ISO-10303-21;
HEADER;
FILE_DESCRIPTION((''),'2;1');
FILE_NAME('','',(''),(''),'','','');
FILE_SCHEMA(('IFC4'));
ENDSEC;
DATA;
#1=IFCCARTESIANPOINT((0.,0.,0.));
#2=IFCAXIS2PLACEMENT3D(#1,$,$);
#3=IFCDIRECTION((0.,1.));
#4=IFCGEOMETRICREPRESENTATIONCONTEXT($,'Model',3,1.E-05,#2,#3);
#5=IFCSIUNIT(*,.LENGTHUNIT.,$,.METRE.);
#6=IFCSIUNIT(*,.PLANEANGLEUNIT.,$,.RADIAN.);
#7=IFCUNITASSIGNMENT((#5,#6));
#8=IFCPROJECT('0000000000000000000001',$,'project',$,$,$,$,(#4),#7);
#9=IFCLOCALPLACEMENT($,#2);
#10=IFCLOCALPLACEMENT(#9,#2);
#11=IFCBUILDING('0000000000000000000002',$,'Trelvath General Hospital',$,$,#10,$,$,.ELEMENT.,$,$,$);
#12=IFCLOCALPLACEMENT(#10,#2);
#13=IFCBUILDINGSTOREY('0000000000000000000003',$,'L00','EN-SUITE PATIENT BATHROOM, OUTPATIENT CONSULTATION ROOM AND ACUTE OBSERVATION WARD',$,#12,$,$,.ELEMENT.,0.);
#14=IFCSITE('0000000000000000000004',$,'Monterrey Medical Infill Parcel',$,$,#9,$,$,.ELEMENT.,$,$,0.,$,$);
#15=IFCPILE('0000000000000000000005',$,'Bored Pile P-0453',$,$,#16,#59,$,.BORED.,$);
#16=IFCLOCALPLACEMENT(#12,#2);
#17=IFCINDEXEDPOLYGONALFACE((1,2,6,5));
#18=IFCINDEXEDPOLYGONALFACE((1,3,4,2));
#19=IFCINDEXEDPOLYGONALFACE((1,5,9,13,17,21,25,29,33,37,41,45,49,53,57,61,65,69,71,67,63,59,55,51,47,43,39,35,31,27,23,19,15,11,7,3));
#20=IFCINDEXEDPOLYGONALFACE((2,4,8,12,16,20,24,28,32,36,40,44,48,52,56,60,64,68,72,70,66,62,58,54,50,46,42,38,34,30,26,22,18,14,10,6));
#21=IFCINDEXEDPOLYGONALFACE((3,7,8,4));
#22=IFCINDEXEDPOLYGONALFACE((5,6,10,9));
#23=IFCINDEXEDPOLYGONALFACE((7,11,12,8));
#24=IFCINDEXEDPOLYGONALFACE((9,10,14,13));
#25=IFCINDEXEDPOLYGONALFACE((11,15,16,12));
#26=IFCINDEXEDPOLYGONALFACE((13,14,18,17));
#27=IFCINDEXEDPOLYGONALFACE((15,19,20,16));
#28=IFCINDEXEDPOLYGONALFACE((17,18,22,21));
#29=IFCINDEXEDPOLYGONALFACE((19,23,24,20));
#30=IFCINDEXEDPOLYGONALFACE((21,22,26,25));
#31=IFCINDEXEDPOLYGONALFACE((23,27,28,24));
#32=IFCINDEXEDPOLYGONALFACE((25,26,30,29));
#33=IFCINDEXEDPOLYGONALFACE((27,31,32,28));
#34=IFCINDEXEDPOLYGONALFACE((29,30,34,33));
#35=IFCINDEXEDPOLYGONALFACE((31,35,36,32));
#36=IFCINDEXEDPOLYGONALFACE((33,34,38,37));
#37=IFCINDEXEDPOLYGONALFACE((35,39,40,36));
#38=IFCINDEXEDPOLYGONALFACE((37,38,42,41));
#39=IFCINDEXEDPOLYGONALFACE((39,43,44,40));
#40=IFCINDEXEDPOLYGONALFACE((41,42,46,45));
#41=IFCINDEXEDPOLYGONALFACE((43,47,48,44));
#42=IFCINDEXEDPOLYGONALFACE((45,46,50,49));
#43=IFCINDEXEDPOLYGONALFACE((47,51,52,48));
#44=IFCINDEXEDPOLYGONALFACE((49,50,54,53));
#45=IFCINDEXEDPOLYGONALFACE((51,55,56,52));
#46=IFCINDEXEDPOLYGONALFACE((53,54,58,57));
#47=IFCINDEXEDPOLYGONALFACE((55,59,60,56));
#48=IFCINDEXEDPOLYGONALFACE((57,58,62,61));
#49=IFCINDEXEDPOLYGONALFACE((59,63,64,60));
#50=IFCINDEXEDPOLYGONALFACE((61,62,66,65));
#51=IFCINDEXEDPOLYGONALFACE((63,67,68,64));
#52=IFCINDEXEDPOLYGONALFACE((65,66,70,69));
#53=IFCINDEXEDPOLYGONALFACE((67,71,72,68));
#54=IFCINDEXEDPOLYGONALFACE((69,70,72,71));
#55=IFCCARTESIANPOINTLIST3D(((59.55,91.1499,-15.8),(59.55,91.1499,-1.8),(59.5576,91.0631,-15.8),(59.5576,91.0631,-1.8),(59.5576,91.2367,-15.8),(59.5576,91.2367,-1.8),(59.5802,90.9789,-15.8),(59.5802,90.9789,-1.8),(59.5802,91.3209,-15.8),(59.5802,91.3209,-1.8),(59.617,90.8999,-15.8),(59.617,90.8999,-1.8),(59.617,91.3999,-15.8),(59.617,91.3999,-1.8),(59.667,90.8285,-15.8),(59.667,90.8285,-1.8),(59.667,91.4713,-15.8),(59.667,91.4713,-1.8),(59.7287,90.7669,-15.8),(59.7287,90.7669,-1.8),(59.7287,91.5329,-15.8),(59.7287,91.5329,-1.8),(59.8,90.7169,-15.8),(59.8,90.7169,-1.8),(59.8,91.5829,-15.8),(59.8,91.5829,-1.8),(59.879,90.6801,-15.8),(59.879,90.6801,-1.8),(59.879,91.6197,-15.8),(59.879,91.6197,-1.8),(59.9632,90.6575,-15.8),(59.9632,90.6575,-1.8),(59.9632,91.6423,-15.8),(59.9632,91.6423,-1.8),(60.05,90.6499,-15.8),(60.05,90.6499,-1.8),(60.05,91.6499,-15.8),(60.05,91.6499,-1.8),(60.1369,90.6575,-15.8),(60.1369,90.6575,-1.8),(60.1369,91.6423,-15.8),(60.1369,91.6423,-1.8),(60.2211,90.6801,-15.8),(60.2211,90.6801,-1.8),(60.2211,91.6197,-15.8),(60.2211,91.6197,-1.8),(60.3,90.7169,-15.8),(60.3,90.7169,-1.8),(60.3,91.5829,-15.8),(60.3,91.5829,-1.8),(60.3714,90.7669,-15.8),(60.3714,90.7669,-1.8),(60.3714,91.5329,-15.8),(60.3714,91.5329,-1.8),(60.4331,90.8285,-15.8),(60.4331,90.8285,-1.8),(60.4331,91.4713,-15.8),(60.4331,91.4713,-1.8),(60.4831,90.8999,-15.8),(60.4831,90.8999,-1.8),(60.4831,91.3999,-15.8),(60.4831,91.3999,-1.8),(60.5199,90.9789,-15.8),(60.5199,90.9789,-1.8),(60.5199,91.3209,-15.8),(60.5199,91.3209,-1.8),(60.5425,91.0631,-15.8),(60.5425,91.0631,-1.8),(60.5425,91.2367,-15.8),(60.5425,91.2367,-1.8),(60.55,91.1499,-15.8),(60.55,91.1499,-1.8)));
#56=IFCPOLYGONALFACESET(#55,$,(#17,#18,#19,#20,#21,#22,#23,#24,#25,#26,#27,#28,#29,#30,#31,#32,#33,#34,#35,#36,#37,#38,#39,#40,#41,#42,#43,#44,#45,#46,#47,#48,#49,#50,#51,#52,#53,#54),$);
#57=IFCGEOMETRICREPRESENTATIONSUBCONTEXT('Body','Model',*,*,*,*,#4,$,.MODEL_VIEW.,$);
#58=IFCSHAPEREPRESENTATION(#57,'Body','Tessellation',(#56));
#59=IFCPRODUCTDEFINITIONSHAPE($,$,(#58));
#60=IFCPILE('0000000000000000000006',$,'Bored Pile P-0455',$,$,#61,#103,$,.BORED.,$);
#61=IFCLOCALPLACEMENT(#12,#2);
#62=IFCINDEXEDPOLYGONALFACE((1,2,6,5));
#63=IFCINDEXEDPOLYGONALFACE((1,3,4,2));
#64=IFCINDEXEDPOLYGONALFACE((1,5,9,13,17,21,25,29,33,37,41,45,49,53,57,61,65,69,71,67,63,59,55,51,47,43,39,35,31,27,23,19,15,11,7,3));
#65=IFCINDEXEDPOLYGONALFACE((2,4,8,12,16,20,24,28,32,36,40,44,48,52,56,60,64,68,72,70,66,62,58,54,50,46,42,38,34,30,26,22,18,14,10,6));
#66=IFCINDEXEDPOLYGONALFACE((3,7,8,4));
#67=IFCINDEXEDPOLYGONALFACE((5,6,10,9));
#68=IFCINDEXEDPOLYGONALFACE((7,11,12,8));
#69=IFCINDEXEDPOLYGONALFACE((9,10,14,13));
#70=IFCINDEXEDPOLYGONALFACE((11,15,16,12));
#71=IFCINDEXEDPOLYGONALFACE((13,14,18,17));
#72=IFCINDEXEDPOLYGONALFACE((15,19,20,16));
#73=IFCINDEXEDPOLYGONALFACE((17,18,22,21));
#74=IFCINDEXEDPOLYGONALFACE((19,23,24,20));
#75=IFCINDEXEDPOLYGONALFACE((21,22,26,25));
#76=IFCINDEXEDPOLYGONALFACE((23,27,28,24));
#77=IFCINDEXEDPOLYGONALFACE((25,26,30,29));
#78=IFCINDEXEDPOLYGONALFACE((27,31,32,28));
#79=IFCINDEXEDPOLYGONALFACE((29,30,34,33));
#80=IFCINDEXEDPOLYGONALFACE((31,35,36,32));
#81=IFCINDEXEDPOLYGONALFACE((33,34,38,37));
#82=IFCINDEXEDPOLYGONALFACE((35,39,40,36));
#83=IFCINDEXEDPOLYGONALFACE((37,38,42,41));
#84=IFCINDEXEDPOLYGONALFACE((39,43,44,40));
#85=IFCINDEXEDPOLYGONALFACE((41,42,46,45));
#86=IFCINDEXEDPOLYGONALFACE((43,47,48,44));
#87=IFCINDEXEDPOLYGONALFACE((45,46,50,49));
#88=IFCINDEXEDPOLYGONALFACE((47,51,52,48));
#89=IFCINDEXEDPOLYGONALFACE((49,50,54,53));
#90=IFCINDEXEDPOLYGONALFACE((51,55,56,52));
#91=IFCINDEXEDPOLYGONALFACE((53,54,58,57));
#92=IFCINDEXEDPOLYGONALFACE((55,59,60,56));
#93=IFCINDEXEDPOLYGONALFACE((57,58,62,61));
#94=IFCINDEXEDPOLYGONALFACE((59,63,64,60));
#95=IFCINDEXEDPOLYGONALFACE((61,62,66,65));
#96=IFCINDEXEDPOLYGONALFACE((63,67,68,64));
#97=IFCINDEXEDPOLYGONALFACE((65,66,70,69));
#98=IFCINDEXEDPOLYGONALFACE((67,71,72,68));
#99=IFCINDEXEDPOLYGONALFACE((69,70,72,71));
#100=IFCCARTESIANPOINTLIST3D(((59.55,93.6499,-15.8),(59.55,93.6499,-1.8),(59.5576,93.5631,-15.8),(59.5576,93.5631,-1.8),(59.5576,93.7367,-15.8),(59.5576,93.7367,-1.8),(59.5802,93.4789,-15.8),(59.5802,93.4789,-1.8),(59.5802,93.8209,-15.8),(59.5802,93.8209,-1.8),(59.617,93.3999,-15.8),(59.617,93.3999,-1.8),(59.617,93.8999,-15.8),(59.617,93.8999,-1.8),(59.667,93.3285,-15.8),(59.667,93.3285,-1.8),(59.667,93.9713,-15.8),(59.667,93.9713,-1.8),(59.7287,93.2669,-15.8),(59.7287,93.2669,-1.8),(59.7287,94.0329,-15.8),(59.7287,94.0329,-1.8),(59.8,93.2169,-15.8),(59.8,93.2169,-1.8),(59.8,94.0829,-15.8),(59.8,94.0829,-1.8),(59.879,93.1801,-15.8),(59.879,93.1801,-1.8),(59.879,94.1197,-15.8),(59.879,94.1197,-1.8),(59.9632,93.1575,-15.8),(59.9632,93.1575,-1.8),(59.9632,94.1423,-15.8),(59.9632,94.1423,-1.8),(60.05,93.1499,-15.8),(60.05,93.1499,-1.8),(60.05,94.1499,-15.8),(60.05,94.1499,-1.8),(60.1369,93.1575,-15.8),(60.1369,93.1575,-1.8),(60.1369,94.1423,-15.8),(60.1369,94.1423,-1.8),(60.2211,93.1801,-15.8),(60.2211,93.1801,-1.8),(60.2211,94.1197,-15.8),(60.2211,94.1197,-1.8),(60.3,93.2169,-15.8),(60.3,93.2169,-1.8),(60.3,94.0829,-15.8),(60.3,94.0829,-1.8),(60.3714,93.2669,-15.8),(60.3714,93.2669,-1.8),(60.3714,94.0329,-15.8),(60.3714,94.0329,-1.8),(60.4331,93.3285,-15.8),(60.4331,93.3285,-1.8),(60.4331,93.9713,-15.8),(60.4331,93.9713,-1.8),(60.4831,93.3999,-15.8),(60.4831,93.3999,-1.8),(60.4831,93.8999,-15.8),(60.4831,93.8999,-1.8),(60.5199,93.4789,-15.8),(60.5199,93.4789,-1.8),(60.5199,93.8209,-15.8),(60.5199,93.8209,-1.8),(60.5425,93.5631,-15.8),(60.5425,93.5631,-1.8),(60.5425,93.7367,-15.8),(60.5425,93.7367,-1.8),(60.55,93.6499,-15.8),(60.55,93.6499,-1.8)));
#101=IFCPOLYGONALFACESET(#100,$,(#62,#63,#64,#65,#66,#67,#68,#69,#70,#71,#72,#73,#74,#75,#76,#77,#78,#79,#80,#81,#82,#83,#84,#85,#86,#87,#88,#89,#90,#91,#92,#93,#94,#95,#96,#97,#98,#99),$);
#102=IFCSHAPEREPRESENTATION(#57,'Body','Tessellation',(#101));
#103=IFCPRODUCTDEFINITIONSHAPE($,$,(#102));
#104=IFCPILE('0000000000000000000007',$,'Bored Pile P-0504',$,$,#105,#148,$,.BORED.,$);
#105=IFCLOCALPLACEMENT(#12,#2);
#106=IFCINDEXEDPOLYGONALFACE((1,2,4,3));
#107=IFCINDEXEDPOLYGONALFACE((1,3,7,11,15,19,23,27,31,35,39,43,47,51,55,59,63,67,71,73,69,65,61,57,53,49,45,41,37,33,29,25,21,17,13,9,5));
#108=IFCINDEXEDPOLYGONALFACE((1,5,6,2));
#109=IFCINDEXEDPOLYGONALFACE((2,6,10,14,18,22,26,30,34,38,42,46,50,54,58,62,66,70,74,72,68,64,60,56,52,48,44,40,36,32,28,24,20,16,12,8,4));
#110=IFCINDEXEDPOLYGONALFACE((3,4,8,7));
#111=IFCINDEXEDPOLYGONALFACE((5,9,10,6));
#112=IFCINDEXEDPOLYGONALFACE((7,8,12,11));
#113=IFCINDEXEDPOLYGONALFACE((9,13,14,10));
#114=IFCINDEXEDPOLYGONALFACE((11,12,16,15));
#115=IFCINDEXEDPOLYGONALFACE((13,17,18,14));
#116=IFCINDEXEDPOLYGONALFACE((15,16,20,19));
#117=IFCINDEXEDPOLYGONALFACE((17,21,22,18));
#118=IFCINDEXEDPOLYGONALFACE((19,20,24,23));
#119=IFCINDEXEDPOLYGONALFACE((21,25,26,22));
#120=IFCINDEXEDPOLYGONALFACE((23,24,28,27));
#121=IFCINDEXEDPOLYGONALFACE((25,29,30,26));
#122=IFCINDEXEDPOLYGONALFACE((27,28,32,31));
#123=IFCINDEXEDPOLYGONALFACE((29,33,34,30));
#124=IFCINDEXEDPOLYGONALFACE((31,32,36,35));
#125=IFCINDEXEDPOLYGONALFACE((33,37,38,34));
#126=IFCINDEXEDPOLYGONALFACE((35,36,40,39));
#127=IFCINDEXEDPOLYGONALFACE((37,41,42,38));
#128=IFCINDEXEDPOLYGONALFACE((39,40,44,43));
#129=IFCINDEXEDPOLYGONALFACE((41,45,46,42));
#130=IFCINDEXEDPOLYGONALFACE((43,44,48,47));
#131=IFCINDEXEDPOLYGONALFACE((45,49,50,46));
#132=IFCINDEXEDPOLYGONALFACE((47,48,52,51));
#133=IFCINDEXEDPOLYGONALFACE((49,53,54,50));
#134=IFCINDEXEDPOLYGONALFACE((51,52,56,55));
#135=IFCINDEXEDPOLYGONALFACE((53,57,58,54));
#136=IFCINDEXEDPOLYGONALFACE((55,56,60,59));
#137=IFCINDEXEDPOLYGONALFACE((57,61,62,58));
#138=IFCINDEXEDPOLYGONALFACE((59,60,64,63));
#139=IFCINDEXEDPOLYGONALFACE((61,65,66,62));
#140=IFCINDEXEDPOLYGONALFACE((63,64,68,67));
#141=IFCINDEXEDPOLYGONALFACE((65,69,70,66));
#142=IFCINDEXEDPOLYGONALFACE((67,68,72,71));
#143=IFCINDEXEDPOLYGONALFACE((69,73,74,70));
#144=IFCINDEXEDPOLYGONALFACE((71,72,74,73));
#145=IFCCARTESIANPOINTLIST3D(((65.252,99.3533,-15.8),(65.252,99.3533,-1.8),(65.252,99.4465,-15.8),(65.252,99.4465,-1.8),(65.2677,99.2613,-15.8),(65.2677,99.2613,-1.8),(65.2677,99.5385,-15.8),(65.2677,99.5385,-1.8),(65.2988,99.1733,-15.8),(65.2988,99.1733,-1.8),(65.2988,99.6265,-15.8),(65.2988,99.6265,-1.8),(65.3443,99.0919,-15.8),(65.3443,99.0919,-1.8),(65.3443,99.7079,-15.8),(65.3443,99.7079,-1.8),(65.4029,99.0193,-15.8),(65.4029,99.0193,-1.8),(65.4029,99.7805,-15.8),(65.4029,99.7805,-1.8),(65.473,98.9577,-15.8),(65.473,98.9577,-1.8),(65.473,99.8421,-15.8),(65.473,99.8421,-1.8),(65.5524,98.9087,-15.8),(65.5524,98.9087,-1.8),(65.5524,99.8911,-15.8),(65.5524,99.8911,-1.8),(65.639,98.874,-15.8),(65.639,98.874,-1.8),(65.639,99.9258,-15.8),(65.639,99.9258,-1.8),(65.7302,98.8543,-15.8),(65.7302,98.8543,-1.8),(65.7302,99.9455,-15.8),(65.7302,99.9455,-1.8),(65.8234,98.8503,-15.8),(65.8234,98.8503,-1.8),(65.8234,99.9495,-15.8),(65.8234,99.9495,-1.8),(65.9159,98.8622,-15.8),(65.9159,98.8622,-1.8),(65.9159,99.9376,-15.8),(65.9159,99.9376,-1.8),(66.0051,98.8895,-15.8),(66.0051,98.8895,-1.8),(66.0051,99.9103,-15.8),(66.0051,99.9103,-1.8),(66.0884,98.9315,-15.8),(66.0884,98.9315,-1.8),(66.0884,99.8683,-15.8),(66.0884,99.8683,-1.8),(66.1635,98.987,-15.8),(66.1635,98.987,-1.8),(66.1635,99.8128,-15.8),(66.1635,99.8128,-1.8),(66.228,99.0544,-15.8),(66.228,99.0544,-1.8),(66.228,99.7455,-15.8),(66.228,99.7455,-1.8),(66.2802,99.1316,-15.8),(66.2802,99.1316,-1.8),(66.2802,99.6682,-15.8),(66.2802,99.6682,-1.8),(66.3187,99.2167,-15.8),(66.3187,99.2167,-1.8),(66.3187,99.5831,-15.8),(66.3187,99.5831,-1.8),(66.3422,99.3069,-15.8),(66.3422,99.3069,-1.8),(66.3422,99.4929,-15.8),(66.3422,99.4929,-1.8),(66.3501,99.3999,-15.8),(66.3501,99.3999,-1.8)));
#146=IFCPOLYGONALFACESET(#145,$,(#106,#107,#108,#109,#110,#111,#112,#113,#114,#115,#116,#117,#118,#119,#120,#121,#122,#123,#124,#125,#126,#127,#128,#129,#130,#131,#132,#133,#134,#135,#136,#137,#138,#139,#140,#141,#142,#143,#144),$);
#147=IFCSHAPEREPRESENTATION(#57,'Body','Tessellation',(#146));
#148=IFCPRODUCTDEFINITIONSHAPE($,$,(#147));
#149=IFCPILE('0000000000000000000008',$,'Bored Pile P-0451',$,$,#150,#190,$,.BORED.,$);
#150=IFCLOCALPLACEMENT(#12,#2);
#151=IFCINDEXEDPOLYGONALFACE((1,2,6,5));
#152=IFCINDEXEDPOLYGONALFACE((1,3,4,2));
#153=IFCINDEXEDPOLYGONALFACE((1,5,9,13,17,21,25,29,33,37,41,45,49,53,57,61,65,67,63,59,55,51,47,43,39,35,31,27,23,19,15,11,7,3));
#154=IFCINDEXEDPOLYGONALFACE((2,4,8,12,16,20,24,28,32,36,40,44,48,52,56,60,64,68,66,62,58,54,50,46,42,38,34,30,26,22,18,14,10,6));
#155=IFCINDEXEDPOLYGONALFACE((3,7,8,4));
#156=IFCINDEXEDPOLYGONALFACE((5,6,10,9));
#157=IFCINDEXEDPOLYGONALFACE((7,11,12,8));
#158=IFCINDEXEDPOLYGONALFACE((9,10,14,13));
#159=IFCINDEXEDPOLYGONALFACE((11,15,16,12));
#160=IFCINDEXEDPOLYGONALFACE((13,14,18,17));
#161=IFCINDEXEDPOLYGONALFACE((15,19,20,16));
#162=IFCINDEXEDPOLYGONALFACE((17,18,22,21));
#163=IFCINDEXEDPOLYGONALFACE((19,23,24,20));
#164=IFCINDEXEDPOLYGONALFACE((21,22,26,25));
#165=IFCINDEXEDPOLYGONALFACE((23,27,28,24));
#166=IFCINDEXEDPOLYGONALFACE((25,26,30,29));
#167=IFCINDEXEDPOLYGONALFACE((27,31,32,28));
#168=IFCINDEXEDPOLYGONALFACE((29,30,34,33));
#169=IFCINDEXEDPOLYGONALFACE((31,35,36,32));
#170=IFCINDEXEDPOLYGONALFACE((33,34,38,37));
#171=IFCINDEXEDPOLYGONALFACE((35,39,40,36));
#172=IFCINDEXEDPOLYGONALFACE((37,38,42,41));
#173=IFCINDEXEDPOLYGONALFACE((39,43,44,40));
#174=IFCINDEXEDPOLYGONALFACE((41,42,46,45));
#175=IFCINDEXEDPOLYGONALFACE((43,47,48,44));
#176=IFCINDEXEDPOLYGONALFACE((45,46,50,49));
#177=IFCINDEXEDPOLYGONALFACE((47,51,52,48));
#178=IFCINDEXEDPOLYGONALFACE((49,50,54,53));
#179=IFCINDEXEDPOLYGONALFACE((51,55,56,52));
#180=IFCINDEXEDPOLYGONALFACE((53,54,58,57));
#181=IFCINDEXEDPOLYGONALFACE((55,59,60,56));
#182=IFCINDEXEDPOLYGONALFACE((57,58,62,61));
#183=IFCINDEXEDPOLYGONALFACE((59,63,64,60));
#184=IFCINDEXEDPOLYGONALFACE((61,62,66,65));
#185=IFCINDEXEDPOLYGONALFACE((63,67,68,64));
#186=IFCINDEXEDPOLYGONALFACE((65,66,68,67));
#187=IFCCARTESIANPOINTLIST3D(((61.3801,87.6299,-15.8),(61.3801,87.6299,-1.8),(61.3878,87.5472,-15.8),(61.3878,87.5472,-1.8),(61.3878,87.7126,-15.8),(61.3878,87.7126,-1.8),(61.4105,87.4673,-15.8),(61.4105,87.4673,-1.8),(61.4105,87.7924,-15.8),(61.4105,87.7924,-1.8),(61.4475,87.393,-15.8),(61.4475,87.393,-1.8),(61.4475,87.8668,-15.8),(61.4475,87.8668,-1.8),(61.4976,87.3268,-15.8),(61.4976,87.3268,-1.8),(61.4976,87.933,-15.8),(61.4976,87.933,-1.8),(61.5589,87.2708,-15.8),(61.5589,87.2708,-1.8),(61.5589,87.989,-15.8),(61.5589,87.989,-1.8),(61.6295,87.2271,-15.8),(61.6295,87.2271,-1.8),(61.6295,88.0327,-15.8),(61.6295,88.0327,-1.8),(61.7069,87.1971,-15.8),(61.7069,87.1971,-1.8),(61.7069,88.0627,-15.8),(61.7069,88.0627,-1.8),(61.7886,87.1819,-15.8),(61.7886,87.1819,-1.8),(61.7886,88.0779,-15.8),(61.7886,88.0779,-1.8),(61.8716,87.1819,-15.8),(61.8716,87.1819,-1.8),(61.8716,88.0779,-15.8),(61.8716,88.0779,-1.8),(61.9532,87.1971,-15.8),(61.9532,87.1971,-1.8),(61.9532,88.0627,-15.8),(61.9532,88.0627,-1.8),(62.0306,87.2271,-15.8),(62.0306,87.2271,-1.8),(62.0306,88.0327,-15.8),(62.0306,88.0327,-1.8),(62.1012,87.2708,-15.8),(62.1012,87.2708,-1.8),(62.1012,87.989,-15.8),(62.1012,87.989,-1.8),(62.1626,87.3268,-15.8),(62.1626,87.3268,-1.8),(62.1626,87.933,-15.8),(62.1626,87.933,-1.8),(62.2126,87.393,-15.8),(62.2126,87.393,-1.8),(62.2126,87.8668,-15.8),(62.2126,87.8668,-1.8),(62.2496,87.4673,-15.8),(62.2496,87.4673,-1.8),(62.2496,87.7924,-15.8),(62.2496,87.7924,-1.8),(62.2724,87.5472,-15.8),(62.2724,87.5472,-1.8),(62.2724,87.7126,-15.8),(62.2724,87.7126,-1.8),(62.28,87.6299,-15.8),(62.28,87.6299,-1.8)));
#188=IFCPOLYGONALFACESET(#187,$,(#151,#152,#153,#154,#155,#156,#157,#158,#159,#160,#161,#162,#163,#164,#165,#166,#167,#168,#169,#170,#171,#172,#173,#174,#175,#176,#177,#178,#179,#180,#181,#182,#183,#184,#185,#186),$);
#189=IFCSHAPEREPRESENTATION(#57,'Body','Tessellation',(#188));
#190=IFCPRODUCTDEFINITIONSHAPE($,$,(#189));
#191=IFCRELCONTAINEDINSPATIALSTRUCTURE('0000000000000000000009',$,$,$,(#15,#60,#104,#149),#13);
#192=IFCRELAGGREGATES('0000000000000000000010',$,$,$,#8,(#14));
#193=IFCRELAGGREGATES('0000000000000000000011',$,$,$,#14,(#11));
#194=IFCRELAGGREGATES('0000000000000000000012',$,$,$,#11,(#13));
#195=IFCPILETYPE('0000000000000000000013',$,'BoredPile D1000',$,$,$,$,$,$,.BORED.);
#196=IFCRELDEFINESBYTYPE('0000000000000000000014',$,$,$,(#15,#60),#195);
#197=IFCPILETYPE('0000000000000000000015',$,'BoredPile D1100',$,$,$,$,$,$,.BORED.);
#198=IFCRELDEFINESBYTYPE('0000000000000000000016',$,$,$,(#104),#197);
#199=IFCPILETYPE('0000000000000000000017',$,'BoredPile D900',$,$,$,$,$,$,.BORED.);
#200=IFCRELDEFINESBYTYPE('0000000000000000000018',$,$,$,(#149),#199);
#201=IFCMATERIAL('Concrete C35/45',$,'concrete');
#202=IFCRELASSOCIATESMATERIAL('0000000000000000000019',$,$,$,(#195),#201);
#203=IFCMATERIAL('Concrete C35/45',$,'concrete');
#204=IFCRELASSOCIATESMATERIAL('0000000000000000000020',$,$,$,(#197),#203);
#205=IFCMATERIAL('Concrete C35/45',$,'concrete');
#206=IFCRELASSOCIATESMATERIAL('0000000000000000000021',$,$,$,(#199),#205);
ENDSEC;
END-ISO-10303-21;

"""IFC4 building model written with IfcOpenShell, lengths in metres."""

from ifc_helpers import new_model, si_unit, direction, frame, origin, origin_2d, place, context, subcontext, project, spatial, circle, extrude, material, material_profile, profile_set, type_object, element, save


model = new_model("IFC4")

# Units and contexts
model_context = context("Model", 3, precision=1e-05, world=origin(), true_north=direction((0.0, 1.0)))
body_context = subcontext(model_context, "Body", "Model", "MODEL_VIEW")
ifc_project = project(units=[si_unit("LENGTHUNIT", "METRE"), si_unit("PLANEANGLEUNIT", "RADIAN")], contexts=[model_context])

# Site, building, storey
site_placement = place(None, origin())
site = spatial("IfcSite", under=ifc_project, at=site_placement, Name="Monterrey Medical Infill Parcel", CompositionType="ELEMENT", RefElevation=0.0)
building_placement = place(site_placement, origin())
building = spatial("IfcBuilding", under=site, at=building_placement, Name="Trelvath General Hospital", CompositionType="ELEMENT")
storey_placement = place(building_placement, origin())
storey = spatial("IfcBuildingStorey", under=building, at=storey_placement, Name="L00", Description="EN-SUITE PATIENT BATHROOM, OUTPATIENT CONSULTATION ROOM AND ACUTE OBSERVATION WARD", CompositionType="ELEMENT", Elevation=0.0)

# Piles
ifc_material_1 = material(Name="Concrete C35/45", Category="concrete")
ifc_material_profile_1 = material_profile(ifc_material_1, circle(Radius=0.5, at=origin_2d()), Name="PILE1000")
ifc_profile_set_1 = profile_set([ifc_material_profile_1], Name="Concrete C35/45")
pile_type_1 = type_object("IfcPileType", Name="BoredPile D1000", PredefinedType="BORED", material=ifc_profile_set_1)
for number, where, z_axis, x_axis, name in (
    (1, (60.05, 91.1499, -1.8), (0.0, 0.0, -1.0), (1.0, 0.0, 0.0), "Bored Pile P-0453"),
    (2, (60.05, 93.6499, -1.8), (0.0, 0.0, -1.0), (1.0, 0.0, 0.0), "Bored Pile P-0455"),
):
    element("IfcPile", number, at=place(storey_placement, frame(where, z_axis=z_axis, x_axis=x_axis)), inside=storey, type_object=pile_type_1, Name=name, PredefinedType="BORED", context=body_context, shape_type="SweptSolid", body=[
        extrude(circle(Radius=0.5, at=origin_2d()), origin(), (0.0, 0.0, 1.0), 14.0),
    ])
ifc_material_2 = material(Name="Concrete C35/45", Category="concrete")
ifc_material_profile_2 = material_profile(ifc_material_2, circle(Radius=0.55, at=origin_2d()), Name="PILE1100")
ifc_profile_set_2 = profile_set([ifc_material_profile_2], Name="Concrete C35/45")
pile_type_2 = type_object("IfcPileType", Name="BoredPile D1100", PredefinedType="BORED", material=ifc_profile_set_2)
pile_placement = place(storey_placement, frame((65.8, 99.3999, -1.8), z_axis=(0.0, 0.0, -1.0), x_axis=(1.0, 0.0, 0.0)))
element("IfcPile", 3, at=pile_placement, inside=storey, type_object=pile_type_2, Name="Bored Pile P-0504", PredefinedType="BORED", context=body_context, shape_type="SweptSolid", body=[
    extrude(circle(Radius=0.55, at=origin_2d()), origin(), (0.0, 0.0, 1.0), 14.0),
])
ifc_material_3 = material(Name="Concrete C35/45", Category="concrete")
ifc_material_profile_3 = material_profile(ifc_material_3, circle(Radius=0.45, at=origin_2d()), Name="PILE900")
ifc_profile_set_3 = profile_set([ifc_material_profile_3], Name="Concrete C35/45")
pile_type_3 = type_object("IfcPileType", Name="BoredPile D900", PredefinedType="BORED", material=ifc_profile_set_3)
for number, where, z_axis, x_axis, name in (
    (4, (61.8301, 87.6299, -1.8), (0.0, 0.0, -1.0), (1.0, 0.0, 0.0), "Bored Pile P-0451"),
):
    element("IfcPile", number, at=place(storey_placement, frame(where, z_axis=z_axis, x_axis=x_axis)), inside=storey, type_object=pile_type_3, Name=name, PredefinedType="BORED", context=body_context, shape_type="SweptSolid", body=[
        extrude(circle(Radius=0.45, at=origin_2d()), origin(), (0.0, 0.0, 1.0), 14.0),
    ])

save(model, "model.ifc")
